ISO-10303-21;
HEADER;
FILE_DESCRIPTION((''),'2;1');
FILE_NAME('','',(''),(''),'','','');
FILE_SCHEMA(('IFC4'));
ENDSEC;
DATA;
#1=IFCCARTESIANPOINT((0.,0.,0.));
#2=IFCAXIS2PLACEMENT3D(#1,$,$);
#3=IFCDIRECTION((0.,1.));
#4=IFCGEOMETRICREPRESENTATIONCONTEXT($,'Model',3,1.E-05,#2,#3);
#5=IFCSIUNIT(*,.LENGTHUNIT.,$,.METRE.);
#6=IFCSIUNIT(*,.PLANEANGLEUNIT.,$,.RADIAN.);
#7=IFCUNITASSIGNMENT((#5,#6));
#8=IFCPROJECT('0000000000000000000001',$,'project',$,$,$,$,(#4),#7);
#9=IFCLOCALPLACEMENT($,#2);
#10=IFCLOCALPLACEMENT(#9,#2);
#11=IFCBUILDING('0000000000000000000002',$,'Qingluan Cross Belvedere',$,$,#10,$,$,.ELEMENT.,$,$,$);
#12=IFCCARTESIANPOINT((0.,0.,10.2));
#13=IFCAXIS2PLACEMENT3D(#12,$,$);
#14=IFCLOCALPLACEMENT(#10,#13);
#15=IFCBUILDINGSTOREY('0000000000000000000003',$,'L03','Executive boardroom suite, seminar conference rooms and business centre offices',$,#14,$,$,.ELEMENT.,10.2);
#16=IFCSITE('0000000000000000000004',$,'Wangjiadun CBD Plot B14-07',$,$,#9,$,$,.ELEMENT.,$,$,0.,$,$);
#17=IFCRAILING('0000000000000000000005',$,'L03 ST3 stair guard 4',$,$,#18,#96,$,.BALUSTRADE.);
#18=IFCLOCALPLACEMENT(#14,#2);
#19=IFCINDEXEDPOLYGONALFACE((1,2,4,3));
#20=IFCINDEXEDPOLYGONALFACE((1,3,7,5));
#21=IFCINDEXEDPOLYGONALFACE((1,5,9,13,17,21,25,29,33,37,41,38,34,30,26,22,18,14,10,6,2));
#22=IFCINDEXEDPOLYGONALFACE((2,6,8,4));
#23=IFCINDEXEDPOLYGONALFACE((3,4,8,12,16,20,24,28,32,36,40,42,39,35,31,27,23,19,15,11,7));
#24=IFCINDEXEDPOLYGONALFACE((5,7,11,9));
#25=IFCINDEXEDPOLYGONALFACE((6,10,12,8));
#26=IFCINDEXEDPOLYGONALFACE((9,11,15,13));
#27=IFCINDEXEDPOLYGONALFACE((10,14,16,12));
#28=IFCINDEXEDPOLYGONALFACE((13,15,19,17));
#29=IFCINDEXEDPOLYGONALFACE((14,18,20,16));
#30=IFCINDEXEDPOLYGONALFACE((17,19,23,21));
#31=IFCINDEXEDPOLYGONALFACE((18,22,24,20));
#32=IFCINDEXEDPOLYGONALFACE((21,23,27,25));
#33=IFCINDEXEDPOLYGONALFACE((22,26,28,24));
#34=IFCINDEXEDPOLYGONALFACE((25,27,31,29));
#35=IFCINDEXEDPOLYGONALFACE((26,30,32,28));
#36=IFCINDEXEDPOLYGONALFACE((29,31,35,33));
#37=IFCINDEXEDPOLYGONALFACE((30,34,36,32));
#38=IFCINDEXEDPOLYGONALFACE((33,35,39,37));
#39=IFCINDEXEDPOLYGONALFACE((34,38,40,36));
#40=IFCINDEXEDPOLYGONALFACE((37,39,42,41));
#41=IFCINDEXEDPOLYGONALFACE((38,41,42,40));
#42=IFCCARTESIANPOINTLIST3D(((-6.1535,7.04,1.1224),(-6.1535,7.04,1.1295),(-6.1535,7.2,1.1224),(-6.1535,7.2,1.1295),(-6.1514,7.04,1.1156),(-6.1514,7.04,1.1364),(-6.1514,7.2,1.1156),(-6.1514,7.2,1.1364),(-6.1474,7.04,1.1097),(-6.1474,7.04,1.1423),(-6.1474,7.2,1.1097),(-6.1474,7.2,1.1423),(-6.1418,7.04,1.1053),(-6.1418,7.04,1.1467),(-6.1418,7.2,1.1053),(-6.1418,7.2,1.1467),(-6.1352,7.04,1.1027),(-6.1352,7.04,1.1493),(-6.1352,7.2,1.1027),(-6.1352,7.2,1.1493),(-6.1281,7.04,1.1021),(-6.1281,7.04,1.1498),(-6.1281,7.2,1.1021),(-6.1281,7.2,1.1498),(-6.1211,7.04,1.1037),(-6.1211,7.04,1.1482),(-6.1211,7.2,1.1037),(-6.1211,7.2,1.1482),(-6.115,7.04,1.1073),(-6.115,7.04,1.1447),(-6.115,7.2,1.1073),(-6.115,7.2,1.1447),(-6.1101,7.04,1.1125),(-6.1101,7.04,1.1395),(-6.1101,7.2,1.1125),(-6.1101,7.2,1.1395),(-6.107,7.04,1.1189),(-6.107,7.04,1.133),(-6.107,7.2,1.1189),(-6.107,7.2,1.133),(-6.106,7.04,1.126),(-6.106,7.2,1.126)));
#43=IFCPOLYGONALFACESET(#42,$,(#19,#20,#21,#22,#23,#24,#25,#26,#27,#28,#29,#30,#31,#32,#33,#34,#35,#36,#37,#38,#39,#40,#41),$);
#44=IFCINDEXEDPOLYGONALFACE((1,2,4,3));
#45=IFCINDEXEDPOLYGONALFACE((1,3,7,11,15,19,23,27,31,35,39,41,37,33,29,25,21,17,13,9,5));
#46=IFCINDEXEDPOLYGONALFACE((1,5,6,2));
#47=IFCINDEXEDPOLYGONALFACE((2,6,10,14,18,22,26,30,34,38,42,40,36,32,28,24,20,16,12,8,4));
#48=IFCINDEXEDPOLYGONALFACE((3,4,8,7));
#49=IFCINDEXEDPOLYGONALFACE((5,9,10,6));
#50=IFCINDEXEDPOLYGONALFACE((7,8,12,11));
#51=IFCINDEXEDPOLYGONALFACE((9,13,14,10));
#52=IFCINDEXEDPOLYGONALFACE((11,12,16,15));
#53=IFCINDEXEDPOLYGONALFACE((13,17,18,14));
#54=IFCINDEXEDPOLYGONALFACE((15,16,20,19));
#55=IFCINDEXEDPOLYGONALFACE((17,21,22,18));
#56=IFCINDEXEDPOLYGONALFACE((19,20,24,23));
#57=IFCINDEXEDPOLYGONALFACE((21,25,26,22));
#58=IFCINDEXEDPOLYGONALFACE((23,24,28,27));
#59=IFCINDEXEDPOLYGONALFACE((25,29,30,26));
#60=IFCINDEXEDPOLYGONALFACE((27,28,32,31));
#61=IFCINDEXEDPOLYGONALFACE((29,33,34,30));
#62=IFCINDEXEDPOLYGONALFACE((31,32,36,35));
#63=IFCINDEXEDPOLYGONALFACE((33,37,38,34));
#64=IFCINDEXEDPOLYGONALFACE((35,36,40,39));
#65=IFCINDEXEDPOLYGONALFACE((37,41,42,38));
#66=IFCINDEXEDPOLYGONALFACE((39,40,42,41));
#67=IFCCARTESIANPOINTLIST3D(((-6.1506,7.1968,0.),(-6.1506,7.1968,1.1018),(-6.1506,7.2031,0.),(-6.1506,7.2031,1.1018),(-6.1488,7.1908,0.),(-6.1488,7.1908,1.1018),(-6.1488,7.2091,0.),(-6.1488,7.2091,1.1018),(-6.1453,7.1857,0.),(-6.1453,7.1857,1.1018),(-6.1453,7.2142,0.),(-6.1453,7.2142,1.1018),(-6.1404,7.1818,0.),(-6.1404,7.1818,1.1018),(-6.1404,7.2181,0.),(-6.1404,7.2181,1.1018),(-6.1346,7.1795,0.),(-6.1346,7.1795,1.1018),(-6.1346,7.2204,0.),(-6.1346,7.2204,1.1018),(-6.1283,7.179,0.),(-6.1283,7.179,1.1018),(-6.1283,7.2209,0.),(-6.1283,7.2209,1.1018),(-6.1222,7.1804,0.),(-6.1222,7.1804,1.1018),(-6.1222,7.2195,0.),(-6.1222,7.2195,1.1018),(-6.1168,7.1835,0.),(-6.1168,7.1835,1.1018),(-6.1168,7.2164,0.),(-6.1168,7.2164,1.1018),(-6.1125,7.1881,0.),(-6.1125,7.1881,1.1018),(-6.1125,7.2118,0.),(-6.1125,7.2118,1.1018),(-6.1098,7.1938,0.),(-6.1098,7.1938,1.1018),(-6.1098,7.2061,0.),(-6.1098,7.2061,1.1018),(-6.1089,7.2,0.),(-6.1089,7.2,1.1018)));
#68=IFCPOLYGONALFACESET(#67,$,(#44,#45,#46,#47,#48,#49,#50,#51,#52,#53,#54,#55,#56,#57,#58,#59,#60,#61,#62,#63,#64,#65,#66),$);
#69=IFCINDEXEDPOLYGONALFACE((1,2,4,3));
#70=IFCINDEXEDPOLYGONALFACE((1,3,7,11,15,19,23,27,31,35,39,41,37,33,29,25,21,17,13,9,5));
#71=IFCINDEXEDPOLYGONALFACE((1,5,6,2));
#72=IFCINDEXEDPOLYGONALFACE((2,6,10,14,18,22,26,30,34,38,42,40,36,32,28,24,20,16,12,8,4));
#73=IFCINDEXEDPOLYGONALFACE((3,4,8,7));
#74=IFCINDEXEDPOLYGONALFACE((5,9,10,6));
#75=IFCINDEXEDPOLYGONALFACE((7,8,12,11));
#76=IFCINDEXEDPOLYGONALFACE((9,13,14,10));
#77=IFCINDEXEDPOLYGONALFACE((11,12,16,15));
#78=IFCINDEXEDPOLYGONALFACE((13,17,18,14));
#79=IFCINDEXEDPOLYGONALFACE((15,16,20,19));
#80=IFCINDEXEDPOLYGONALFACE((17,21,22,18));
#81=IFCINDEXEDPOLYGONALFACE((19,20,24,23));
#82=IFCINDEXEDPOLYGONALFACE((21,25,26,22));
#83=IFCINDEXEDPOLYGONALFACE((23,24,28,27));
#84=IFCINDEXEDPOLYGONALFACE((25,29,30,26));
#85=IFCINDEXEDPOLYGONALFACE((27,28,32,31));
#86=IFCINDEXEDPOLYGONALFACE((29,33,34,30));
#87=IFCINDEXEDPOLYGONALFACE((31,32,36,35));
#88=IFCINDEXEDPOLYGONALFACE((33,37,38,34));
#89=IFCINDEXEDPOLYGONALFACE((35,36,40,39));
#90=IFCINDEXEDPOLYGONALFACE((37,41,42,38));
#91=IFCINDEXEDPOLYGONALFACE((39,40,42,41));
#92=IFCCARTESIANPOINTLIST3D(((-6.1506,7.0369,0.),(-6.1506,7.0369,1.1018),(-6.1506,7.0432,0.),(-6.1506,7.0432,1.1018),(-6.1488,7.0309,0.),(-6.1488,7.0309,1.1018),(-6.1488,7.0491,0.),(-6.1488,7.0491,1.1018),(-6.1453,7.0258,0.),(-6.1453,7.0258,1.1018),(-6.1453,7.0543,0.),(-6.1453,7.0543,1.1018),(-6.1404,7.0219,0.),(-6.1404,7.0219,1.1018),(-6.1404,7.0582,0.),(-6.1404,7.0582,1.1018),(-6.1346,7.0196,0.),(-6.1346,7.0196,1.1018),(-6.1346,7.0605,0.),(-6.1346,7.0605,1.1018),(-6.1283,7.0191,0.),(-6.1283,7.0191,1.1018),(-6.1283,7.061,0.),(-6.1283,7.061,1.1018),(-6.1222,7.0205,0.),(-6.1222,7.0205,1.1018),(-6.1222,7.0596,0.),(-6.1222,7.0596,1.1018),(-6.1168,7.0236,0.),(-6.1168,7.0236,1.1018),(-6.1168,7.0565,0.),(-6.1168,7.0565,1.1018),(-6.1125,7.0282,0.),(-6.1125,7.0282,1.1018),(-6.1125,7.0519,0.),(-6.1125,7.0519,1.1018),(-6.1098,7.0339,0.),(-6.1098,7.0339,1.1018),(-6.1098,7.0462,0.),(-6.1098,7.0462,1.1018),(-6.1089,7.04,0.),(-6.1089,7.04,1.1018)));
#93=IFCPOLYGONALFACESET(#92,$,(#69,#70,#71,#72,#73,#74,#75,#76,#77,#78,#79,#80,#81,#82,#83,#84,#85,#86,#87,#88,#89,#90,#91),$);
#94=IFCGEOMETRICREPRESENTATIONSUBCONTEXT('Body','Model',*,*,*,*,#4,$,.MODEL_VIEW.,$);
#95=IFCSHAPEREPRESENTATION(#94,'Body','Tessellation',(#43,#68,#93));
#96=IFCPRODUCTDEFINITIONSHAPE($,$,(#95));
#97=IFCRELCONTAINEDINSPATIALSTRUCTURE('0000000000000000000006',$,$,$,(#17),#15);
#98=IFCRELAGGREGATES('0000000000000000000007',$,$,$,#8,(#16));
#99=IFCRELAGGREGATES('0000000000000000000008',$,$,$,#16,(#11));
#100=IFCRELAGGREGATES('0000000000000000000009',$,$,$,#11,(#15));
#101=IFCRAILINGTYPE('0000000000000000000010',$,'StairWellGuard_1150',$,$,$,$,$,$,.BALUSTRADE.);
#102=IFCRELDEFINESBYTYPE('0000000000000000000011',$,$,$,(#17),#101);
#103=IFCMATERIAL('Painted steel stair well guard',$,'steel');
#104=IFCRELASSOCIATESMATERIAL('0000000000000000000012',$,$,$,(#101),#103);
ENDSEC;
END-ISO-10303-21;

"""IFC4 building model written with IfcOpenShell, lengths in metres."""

from ifc_helpers import new_model, si_unit, direction, frame, origin, origin_2d, place, context, subcontext, project, spatial, circle, extrude, material, type_object, element, save


model = new_model("IFC4")

# Units and contexts
model_context = context("Model", 3, precision=1e-05, world=origin(), true_north=direction((0.0, 1.0)))
body_context = subcontext(model_context, "Body", "Model", "MODEL_VIEW")
ifc_project = project(units=[si_unit("LENGTHUNIT", "METRE"), si_unit("PLANEANGLEUNIT", "RADIAN")], contexts=[model_context])

# Site, building, storey
site_placement = place(None, origin())
site = spatial("IfcSite", under=ifc_project, at=site_placement, Name="Wangjiadun CBD Plot B14-07", CompositionType="ELEMENT", RefElevation=0.0)
building_placement = place(site_placement, origin())
building = spatial("IfcBuilding", under=site, at=building_placement, Name="Qingluan Cross Belvedere", CompositionType="ELEMENT")
storey_placement = place(building_placement, frame((0.0, 0.0, 10.2)))
storey = spatial("IfcBuildingStorey", under=building, at=storey_placement, Name="L03", Description="Executive boardroom suite, seminar conference rooms and business centre offices", CompositionType="ELEMENT", Elevation=10.2)

# Railing
ifc_material_1 = material(Name="Painted steel stair well guard", Category="steel")
railing_type_1 = type_object("IfcRailingType", Name="StairWellGuard_1150", PredefinedType="BALUSTRADE", material=ifc_material_1)
railing_1_placement = place(storey_placement, frame((-6.1299, 7.2, 0.0)))
element("IfcRailing", 1, at=railing_1_placement, inside=storey, type_object=railing_type_1, Name="L03 ST3 stair guard 4", PredefinedType="BALUSTRADE", context=body_context, shape_type="SweptSolid", body=[
    extrude(circle(Radius=0.0239, at=origin_2d()), frame((0.0, 0.0, 1.126), z_axis=(0.0, -1.0, 0.0), x_axis=(1.0, 0.0, 0.0)), (0.0, 0.0, 1.0), 0.1599),
    extrude(circle(Radius=0.021, at=origin_2d()), origin(), (0.0, 0.0, 1.0), 1.1018),
    extrude(circle(Radius=0.021, at=origin_2d()), frame((0.0, -0.1599, 0.0)), (0.0, 0.0, 1.0), 1.1018),
])

save(model, "model.ifc")
